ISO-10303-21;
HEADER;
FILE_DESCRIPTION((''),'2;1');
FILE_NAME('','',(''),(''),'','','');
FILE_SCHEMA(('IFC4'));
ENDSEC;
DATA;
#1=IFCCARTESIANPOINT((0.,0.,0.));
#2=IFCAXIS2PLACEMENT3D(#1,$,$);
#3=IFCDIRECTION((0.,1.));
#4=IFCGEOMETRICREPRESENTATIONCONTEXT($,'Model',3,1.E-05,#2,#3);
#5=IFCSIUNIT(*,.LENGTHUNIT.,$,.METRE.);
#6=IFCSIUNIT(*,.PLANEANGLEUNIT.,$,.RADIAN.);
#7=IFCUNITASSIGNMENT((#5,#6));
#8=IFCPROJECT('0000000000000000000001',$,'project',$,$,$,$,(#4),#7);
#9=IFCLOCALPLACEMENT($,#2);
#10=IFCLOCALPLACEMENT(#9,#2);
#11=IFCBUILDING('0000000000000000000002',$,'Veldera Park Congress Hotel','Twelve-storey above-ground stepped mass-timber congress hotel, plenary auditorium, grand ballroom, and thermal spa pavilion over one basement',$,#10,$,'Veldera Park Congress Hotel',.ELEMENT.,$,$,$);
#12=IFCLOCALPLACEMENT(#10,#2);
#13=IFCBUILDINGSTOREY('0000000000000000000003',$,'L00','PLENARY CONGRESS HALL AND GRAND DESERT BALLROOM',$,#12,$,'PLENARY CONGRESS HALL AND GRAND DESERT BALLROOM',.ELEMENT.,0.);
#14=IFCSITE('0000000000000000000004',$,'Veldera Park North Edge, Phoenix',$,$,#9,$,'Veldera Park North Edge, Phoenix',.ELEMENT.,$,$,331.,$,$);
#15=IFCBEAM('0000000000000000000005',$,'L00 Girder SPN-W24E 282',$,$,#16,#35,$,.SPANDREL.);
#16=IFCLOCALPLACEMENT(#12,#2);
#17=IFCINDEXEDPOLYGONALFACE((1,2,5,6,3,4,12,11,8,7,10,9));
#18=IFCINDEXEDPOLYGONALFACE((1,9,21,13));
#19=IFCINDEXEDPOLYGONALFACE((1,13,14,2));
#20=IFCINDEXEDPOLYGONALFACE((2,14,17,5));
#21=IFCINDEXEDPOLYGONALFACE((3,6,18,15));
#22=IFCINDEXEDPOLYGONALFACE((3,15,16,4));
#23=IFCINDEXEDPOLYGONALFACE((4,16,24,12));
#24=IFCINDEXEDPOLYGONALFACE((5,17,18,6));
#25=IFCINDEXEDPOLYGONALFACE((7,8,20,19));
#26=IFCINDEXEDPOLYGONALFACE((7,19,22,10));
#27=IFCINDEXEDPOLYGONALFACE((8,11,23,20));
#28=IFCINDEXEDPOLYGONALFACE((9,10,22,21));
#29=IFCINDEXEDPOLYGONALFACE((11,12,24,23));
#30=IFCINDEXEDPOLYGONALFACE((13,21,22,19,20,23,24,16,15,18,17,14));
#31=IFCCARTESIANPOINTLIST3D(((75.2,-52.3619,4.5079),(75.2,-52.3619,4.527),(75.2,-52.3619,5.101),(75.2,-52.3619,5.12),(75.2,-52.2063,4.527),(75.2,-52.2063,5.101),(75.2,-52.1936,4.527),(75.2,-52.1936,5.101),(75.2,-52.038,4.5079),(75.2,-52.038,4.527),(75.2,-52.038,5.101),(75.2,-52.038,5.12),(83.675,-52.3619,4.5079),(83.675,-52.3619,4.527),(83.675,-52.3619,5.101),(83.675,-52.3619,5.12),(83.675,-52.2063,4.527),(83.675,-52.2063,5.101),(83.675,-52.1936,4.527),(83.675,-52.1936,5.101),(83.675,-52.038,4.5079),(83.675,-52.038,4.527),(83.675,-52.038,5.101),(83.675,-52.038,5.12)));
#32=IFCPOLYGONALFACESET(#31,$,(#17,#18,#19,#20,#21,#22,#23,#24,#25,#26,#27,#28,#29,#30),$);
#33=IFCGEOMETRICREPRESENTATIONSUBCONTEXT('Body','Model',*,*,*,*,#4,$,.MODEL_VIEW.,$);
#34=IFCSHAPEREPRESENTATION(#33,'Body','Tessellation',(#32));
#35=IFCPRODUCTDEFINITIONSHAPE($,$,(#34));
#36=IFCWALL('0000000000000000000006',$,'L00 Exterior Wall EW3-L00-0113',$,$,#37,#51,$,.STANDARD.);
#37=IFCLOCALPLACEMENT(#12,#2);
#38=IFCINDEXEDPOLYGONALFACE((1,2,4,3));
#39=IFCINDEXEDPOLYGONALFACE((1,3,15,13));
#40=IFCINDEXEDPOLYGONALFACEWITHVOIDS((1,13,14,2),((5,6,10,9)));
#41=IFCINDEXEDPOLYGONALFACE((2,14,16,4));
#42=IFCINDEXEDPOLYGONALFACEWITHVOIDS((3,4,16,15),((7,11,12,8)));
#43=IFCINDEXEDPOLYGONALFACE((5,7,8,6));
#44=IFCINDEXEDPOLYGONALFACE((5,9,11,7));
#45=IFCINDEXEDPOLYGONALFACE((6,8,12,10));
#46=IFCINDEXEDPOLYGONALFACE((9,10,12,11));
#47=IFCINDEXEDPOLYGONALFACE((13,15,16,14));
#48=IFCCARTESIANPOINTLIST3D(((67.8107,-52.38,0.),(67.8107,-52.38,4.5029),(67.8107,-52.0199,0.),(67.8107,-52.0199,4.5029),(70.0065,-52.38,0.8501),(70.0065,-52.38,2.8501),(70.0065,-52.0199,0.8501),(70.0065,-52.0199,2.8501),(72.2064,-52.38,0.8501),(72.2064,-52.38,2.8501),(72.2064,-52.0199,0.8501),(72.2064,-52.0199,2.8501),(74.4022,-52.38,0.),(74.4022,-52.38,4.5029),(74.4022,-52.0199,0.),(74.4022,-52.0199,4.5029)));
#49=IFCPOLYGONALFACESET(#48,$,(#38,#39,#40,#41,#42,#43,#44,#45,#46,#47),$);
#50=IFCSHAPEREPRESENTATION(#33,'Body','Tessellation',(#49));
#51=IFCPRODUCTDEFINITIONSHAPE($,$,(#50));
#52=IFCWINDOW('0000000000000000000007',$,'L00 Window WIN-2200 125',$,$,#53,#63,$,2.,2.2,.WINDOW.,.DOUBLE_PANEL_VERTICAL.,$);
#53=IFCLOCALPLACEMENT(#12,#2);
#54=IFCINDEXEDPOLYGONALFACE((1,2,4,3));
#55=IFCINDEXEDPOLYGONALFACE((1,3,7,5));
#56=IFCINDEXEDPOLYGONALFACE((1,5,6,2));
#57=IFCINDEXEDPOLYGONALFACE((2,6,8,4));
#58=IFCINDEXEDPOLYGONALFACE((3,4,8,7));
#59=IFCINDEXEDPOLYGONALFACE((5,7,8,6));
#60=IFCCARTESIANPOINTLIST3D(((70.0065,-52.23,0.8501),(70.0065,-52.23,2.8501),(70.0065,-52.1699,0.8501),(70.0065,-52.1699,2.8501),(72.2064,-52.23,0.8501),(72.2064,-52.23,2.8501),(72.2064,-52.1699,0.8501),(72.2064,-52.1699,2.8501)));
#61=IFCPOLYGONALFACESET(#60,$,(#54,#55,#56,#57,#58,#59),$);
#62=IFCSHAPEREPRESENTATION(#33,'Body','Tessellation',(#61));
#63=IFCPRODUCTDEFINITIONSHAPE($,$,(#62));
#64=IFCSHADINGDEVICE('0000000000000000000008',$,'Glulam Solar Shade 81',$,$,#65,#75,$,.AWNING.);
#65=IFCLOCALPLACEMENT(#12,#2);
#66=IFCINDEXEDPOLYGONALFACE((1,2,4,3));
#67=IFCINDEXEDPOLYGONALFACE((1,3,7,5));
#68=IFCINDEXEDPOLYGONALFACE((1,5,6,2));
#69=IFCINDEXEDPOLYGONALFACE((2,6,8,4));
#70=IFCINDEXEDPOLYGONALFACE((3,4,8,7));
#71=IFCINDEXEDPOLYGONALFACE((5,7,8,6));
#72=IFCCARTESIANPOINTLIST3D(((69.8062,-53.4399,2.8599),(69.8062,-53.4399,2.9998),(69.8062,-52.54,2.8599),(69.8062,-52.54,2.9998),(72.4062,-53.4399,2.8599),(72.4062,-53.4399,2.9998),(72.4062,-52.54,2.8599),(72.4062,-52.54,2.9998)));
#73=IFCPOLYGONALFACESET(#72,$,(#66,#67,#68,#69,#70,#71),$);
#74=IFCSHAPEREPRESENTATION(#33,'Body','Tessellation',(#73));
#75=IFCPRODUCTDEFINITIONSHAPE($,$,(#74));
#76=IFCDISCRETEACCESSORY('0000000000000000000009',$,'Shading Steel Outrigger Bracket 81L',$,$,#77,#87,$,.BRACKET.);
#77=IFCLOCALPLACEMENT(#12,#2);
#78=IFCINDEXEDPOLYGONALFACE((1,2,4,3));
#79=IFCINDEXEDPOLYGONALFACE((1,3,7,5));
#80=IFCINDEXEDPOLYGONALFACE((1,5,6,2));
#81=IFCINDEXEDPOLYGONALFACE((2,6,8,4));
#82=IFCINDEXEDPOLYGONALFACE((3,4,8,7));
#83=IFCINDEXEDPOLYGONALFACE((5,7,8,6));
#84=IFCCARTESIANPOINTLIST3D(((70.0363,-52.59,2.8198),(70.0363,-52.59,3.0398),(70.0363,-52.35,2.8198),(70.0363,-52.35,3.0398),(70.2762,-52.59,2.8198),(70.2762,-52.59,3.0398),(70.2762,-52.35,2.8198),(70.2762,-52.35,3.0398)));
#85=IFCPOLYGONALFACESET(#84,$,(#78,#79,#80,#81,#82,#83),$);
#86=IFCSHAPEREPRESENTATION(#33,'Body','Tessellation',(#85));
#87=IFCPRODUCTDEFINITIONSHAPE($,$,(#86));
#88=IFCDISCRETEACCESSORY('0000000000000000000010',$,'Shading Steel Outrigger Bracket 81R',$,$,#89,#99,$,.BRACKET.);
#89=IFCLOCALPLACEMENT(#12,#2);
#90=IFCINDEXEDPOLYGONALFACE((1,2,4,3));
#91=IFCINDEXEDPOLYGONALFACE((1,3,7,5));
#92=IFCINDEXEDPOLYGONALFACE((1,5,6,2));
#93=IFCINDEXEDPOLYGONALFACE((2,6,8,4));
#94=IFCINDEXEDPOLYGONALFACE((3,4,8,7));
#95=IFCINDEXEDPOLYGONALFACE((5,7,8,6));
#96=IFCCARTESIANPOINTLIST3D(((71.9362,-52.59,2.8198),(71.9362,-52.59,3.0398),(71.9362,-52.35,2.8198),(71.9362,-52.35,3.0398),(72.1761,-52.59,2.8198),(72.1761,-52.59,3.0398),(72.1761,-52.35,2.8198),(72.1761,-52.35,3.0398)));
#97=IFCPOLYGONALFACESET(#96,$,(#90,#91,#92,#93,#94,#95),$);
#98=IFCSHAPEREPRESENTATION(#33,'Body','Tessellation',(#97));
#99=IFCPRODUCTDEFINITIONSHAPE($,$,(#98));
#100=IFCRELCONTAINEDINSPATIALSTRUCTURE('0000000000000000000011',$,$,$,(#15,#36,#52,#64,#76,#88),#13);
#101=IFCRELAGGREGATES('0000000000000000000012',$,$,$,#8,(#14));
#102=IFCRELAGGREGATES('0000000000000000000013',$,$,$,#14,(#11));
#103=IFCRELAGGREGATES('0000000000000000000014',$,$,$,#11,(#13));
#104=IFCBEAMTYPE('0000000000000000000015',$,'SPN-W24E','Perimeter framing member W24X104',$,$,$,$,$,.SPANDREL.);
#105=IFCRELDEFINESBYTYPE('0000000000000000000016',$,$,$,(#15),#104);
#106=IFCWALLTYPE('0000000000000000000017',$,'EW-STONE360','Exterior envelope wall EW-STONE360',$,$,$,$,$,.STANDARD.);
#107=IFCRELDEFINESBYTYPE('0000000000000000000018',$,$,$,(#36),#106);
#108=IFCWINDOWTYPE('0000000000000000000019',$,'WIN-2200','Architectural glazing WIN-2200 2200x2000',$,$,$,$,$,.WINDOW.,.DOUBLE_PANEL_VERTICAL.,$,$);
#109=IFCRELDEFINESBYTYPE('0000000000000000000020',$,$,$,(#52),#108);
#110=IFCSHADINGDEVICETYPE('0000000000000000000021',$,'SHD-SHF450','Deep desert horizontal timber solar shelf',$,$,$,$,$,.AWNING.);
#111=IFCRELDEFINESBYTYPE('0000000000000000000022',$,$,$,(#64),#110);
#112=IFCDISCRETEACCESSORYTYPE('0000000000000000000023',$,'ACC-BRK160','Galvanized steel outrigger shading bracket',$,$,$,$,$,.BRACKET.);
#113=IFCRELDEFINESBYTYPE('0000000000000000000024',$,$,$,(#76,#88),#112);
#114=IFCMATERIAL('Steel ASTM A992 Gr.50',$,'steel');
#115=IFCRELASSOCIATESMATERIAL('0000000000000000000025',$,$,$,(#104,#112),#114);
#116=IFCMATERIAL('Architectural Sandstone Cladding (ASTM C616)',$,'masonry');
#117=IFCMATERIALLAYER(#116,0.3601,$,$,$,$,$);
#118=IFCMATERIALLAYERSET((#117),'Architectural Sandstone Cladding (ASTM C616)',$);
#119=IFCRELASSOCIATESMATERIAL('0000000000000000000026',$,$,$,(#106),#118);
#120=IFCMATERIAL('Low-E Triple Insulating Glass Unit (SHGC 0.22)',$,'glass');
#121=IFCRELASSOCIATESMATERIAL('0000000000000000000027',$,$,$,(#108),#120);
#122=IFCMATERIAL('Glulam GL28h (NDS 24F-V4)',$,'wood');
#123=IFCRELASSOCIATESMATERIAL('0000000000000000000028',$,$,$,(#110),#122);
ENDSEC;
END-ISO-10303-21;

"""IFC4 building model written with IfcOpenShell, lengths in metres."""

from ifc_helpers import new_model, si_unit, direction, frame, frame_2d, origin, origin_2d, place, context, subcontext, project, spatial, rectangle, i_section, extrude, material, layer, layer_set, material_profile, profile_set, type_object, element, fill, save


model = new_model("IFC4")

# Units and contexts
model_context = context("Model", 3, precision=1e-05, world=origin(), true_north=direction((0.0, 1.0)))
body_context = subcontext(model_context, "Body", "Model", "MODEL_VIEW")
ifc_project = project(units=[si_unit("LENGTHUNIT", "METRE"), si_unit("PLANEANGLEUNIT", "RADIAN")], contexts=[model_context])

# Site, building, storey
site_placement = place(None, origin())
site = spatial("IfcSite", under=ifc_project, at=site_placement, Name="Veldera Park North Edge, Phoenix", LongName="Veldera Park North Edge, Phoenix", CompositionType="ELEMENT", RefElevation=331.0)
building_placement = place(site_placement, origin())
building = spatial("IfcBuilding", under=site, at=building_placement, Name="Veldera Park Congress Hotel", Description="Twelve-storey above-ground stepped mass-timber congress hotel, plenary auditorium, grand ballroom, and thermal spa pavilion over one basement", LongName="Veldera Park Congress Hotel", CompositionType="ELEMENT")
storey_placement = place(building_placement, origin())
storey = spatial("IfcBuildingStorey", under=building, at=storey_placement, Name="L00", Description="PLENARY CONGRESS HALL AND GRAND DESERT BALLROOM", LongName="PLENARY CONGRESS HALL AND GRAND DESERT BALLROOM", CompositionType="ELEMENT", Elevation=0.0)

# Beam
ifc_material_1 = material(Name="Glulam GL28h (NDS 24F-V4)", Category="wood")
ifc_material_2 = material(Name="Steel ASTM A992 Gr.50", Category="steel")
ifc_material_profile_1 = material_profile(ifc_material_2, i_section(OverallWidth=0.324, OverallDepth=0.6121, WebThickness=0.0127, FlangeThickness=0.019, at=origin_2d()), Name="W24X104")
ifc_profile_set_1 = profile_set([ifc_material_profile_1], Name="Steel ASTM A992 Gr.50")
beam_type_1 = type_object("IfcBeamType", Name="SPN-W24E", Description="Perimeter framing member W24X104", PredefinedType="SPANDREL", material=ifc_profile_set_1)
beam_1_placement = place(storey_placement, frame((75.2, -52.2, 4.814), z_axis=(1.0, 0.0, 0.0), x_axis=(0.0, 1.0, 0.0)))
element("IfcBeam", 1, at=beam_1_placement, inside=storey, type_object=beam_type_1, Name="L00 Girder SPN-W24E 282", PredefinedType="SPANDREL", context=body_context, shape_type="SweptSolid", body=[
    extrude(i_section(OverallWidth=0.324, OverallDepth=0.6121, WebThickness=0.0127, FlangeThickness=0.019, at=origin_2d()), origin(), (0.0, 0.0, 1.0), 8.4751),
])

# Shared definitions
ifc_material_3 = material(Name="Architectural Sandstone Cladding (ASTM C616)", Category="masonry")
ifc_layer = layer(ifc_material_3, 0.3601)
ifc_layer_set = layer_set([ifc_layer], Name="Architectural Sandstone Cladding (ASTM C616)")
wall_type = type_object("IfcWallType", Name="EW-STONE360", Description="Exterior envelope wall EW-STONE360", PredefinedType="STANDARD", material=ifc_layer_set)

# Wall, opening, window
wall_1_placement = place(storey_placement, frame((67.8105, -52.2, 0.0), z_axis=(0.0, 0.0, 1.0), x_axis=(1.0, 0.0, 0.0)))
wall_1 = element("IfcWall", 2, at=wall_1_placement, inside=storey, type_object=wall_type, Name="L00 Exterior Wall EW3-L00-0113", PredefinedType="STANDARD", context=body_context, shape_type="SweptSolid", body=[
    extrude(rectangle(XDim=6.5916, YDim=0.3601, at=frame_2d((3.2959, 0.0))), origin(), (0.0, 0.0, 1.0), 4.5029),
])
opening_1_placement = place(wall_1_placement, frame((2.1958, 0.0, 0.8501)))
opening_1 = element("IfcOpeningElement", 3, at=opening_1_placement, cuts=wall_1, PredefinedType="OPENING", context=body_context, shape_type="SweptSolid", body=[
    extrude(rectangle(XDim=2.2, YDim=2.0, at=frame_2d((1.1001, 1.0))), frame((0.0, 0.1921, 0.0), z_axis=(0.0, -1.0, 0.0), x_axis=(1.0, 0.0, 0.0)), (0.0, 0.0, 1.0), 0.384),
])
ifc_material_4 = material(Name="Low-E Triple Insulating Glass Unit (SHGC 0.22)", Category="glass")
window_type = type_object("IfcWindowType", Name="WIN-2200", Description="Architectural glazing WIN-2200 2200x2000", PartitioningType="DOUBLE_PANEL_VERTICAL", PredefinedType="WINDOW", material=ifc_material_4)
window_placement = place(opening_1_placement, origin())
window = element("IfcWindow", 4, at=window_placement, inside=storey, type_object=window_type, Name="L00 Window WIN-2200 125", OverallHeight=2.0, OverallWidth=2.2, PartitioningType="DOUBLE_PANEL_VERTICAL", PredefinedType="WINDOW", context=body_context, shape_type="SweptSolid", body=[
    extrude(rectangle(XDim=2.2, YDim=2.0, at=frame_2d((1.1001, 1.0))), frame((0.0, 0.03, 0.0), z_axis=(0.0, -1.0, 0.0), x_axis=(1.0, 0.0, 0.0)), (0.0, 0.0, 1.0), 0.0601),
])
fill(opening_1, window)

# Shading device
shading_device_type = type_object("IfcShadingDeviceType", Name="SHD-SHF450", Description="Deep desert horizontal timber solar shelf", PredefinedType="AWNING", material=ifc_material_1)
shading_device_placement = place(storey_placement, frame((71.1062, -52.99, 2.8599), z_axis=(0.0, 0.0, 1.0), x_axis=(1.0, 0.0, 0.0)))
element("IfcShadingDevice", 5, at=shading_device_placement, inside=storey, type_object=shading_device_type, Name="Glulam Solar Shade 81", PredefinedType="AWNING", context=body_context, shape_type="SweptSolid", body=[
    extrude(rectangle(XDim=2.6001, YDim=0.8999, at=origin_2d()), origin(), (0.0, 0.0, 1.0), 0.1399),
])

# Discrete accessories
discrete_accessory_type = type_object("IfcDiscreteAccessoryType", Name="ACC-BRK160", Description="Galvanized steel outrigger shading bracket", PredefinedType="BRACKET", material=ifc_material_2)
for number, where, z_axis, x_axis, name in (
    (6, (70.1562, -52.47, 2.8198), (0.0, 0.0, 1.0), (1.0, 0.0, 0.0), "Shading Steel Outrigger Bracket 81L"),
    (7, (72.0562, -52.47, 2.8198), (0.0, 0.0, 1.0), (1.0, 0.0, 0.0), "Shading Steel Outrigger Bracket 81R"),
):
    element("IfcDiscreteAccessory", number, at=place(storey_placement, frame(where, z_axis=z_axis, x_axis=x_axis)), inside=storey, type_object=discrete_accessory_type, Name=name, PredefinedType="BRACKET", context=body_context, shape_type="SweptSolid", body=[
        extrude(rectangle(XDim=0.24, YDim=0.24, at=origin_2d()), origin(), (0.0, 0.0, 1.0), 0.22),
    ])

save(model, "model.ifc")
